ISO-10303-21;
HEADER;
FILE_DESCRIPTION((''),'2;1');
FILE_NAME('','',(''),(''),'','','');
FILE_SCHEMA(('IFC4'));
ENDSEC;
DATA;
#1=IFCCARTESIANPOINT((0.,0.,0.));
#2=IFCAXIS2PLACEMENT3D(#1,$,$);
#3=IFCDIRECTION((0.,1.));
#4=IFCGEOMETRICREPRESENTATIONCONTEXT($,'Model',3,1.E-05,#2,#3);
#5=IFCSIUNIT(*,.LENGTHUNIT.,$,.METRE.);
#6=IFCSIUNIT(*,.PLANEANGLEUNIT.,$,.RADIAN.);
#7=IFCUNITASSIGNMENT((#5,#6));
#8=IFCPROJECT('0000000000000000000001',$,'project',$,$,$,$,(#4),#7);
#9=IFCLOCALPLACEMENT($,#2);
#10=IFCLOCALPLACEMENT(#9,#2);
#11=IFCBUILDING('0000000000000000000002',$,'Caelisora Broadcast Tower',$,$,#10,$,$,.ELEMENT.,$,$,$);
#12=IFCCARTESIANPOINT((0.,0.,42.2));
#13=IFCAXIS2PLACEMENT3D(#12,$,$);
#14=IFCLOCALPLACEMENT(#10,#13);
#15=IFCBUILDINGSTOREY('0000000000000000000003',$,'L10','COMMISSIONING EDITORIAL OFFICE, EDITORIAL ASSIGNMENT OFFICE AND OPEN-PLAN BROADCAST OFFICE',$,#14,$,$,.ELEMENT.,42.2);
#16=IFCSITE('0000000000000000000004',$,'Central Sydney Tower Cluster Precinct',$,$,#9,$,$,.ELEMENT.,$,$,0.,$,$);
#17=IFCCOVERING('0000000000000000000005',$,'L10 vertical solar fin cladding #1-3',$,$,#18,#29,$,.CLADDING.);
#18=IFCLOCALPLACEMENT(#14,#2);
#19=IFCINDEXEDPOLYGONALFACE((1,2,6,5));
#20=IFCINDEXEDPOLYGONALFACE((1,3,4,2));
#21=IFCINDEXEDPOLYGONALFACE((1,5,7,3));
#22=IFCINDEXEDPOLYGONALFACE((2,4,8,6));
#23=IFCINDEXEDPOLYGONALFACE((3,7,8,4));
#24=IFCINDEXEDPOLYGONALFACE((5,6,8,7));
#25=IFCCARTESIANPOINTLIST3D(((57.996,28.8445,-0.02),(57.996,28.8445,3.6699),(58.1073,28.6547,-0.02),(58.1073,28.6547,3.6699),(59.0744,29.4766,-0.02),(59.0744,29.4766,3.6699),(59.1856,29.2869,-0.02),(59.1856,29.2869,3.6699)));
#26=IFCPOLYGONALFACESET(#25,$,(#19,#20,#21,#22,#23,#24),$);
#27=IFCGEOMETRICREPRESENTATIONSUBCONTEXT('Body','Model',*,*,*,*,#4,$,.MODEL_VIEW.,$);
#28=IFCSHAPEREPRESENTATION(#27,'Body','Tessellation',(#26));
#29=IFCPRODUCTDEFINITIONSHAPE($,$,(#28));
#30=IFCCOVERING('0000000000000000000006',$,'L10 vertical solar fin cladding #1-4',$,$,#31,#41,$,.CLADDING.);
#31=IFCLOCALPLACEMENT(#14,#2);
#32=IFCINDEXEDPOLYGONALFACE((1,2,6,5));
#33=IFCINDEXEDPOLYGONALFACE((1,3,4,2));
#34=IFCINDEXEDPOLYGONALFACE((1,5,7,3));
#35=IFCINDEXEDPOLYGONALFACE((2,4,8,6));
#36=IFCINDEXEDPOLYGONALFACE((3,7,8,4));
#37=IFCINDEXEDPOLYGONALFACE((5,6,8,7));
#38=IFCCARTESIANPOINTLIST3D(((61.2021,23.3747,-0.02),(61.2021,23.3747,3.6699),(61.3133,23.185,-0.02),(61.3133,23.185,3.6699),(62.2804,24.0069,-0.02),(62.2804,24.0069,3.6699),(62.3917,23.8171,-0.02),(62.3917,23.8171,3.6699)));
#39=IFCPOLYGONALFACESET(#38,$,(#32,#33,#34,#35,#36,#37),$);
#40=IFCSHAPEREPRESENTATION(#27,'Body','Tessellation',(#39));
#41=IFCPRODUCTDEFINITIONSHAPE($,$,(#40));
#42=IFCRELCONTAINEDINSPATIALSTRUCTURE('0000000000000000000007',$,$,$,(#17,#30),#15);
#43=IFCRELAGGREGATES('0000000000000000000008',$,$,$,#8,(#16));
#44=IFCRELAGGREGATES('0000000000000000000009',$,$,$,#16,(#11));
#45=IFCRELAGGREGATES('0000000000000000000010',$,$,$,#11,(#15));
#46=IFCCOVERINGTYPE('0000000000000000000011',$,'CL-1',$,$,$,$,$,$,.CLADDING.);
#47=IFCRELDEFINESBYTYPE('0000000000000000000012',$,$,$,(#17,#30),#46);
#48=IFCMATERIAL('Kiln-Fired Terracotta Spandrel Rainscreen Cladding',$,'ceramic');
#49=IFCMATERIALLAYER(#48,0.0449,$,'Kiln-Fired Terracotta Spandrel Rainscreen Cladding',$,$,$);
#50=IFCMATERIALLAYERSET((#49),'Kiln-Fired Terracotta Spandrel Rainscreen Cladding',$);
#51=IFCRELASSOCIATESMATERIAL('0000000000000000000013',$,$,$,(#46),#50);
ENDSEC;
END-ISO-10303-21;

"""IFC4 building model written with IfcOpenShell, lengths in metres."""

from ifc_helpers import new_model, si_unit, direction, frame, origin, origin_2d, place, context, subcontext, project, spatial, rectangle, extrude, source, transform, mapped, material, layer, layer_set, type_object, type_shapes, element, save


model = new_model("IFC4")

# Units and contexts
model_context = context("Model", 3, precision=1e-05, world=origin(), true_north=direction((0.0, 1.0)))
body_context = subcontext(model_context, "Body", "Model", "MODEL_VIEW")
ifc_project = project(units=[si_unit("LENGTHUNIT", "METRE"), si_unit("PLANEANGLEUNIT", "RADIAN")], contexts=[model_context])

# Site, building, storey
site_placement = place(None, origin())
site = spatial("IfcSite", under=ifc_project, at=site_placement, Name="Central Sydney Tower Cluster Precinct", CompositionType="ELEMENT", RefElevation=0.0)
building_placement = place(site_placement, origin())
building = spatial("IfcBuilding", under=site, at=building_placement, Name="Caelisora Broadcast Tower", CompositionType="ELEMENT")
storey_placement = place(building_placement, frame((0.0, 0.0, 42.2)))
storey = spatial("IfcBuildingStorey", under=building, at=storey_placement, Name="L10", Description="COMMISSIONING EDITORIAL OFFICE, EDITORIAL ASSIGNMENT OFFICE AND OPEN-PLAN BROADCAST OFFICE", CompositionType="ELEMENT", Elevation=42.2)

# Coverings
ifc_material_1 = material(Name="Kiln-Fired Terracotta Spandrel Rainscreen Cladding", Category="ceramic")
ifc_layer_1 = layer(ifc_material_1, 0.0449, Name="Kiln-Fired Terracotta Spandrel Rainscreen Cladding")
ifc_layer_set_1 = layer_set([ifc_layer_1], Name="Kiln-Fired Terracotta Spandrel Rainscreen Cladding")
covering_type = type_object("IfcCoveringType", Name="CL-1", PredefinedType="CLADDING", material=ifc_layer_set_1)
shared_shape_1 = source(origin(), body_context, "Body", "SweptSolid", [
    extrude(rectangle(XDim=0.22, YDim=1.25, at=origin_2d()), origin(), (0.0, 0.0, 1.0), 3.6899),
])
type_shapes(covering_type, [shared_shape_1])
for number, where, z_axis, x_axis, name in (
    (1, (58.5908, 29.0657, -0.02), (0.0, 0.0, 1.0), (0.505733, -0.86269, 0.0), "L10 vertical solar fin cladding #1-3"),
    (2, (61.7969, 23.5959, -0.02), (0.0, 0.0, 1.0), (0.505733, -0.86269, 0.0), "L10 vertical solar fin cladding #1-4"),
):
    element("IfcCovering", number, at=place(storey_placement, frame(where, z_axis=z_axis, x_axis=x_axis)), inside=storey, type_object=covering_type, Name=name, PredefinedType="CLADDING", context=body_context, shape_type="MappedRepresentation", body=[
        mapped(shared_shape_1, transform((0.0, 0.0, 0.0), scale=1.0)),
    ])

save(model, "model.ifc")
